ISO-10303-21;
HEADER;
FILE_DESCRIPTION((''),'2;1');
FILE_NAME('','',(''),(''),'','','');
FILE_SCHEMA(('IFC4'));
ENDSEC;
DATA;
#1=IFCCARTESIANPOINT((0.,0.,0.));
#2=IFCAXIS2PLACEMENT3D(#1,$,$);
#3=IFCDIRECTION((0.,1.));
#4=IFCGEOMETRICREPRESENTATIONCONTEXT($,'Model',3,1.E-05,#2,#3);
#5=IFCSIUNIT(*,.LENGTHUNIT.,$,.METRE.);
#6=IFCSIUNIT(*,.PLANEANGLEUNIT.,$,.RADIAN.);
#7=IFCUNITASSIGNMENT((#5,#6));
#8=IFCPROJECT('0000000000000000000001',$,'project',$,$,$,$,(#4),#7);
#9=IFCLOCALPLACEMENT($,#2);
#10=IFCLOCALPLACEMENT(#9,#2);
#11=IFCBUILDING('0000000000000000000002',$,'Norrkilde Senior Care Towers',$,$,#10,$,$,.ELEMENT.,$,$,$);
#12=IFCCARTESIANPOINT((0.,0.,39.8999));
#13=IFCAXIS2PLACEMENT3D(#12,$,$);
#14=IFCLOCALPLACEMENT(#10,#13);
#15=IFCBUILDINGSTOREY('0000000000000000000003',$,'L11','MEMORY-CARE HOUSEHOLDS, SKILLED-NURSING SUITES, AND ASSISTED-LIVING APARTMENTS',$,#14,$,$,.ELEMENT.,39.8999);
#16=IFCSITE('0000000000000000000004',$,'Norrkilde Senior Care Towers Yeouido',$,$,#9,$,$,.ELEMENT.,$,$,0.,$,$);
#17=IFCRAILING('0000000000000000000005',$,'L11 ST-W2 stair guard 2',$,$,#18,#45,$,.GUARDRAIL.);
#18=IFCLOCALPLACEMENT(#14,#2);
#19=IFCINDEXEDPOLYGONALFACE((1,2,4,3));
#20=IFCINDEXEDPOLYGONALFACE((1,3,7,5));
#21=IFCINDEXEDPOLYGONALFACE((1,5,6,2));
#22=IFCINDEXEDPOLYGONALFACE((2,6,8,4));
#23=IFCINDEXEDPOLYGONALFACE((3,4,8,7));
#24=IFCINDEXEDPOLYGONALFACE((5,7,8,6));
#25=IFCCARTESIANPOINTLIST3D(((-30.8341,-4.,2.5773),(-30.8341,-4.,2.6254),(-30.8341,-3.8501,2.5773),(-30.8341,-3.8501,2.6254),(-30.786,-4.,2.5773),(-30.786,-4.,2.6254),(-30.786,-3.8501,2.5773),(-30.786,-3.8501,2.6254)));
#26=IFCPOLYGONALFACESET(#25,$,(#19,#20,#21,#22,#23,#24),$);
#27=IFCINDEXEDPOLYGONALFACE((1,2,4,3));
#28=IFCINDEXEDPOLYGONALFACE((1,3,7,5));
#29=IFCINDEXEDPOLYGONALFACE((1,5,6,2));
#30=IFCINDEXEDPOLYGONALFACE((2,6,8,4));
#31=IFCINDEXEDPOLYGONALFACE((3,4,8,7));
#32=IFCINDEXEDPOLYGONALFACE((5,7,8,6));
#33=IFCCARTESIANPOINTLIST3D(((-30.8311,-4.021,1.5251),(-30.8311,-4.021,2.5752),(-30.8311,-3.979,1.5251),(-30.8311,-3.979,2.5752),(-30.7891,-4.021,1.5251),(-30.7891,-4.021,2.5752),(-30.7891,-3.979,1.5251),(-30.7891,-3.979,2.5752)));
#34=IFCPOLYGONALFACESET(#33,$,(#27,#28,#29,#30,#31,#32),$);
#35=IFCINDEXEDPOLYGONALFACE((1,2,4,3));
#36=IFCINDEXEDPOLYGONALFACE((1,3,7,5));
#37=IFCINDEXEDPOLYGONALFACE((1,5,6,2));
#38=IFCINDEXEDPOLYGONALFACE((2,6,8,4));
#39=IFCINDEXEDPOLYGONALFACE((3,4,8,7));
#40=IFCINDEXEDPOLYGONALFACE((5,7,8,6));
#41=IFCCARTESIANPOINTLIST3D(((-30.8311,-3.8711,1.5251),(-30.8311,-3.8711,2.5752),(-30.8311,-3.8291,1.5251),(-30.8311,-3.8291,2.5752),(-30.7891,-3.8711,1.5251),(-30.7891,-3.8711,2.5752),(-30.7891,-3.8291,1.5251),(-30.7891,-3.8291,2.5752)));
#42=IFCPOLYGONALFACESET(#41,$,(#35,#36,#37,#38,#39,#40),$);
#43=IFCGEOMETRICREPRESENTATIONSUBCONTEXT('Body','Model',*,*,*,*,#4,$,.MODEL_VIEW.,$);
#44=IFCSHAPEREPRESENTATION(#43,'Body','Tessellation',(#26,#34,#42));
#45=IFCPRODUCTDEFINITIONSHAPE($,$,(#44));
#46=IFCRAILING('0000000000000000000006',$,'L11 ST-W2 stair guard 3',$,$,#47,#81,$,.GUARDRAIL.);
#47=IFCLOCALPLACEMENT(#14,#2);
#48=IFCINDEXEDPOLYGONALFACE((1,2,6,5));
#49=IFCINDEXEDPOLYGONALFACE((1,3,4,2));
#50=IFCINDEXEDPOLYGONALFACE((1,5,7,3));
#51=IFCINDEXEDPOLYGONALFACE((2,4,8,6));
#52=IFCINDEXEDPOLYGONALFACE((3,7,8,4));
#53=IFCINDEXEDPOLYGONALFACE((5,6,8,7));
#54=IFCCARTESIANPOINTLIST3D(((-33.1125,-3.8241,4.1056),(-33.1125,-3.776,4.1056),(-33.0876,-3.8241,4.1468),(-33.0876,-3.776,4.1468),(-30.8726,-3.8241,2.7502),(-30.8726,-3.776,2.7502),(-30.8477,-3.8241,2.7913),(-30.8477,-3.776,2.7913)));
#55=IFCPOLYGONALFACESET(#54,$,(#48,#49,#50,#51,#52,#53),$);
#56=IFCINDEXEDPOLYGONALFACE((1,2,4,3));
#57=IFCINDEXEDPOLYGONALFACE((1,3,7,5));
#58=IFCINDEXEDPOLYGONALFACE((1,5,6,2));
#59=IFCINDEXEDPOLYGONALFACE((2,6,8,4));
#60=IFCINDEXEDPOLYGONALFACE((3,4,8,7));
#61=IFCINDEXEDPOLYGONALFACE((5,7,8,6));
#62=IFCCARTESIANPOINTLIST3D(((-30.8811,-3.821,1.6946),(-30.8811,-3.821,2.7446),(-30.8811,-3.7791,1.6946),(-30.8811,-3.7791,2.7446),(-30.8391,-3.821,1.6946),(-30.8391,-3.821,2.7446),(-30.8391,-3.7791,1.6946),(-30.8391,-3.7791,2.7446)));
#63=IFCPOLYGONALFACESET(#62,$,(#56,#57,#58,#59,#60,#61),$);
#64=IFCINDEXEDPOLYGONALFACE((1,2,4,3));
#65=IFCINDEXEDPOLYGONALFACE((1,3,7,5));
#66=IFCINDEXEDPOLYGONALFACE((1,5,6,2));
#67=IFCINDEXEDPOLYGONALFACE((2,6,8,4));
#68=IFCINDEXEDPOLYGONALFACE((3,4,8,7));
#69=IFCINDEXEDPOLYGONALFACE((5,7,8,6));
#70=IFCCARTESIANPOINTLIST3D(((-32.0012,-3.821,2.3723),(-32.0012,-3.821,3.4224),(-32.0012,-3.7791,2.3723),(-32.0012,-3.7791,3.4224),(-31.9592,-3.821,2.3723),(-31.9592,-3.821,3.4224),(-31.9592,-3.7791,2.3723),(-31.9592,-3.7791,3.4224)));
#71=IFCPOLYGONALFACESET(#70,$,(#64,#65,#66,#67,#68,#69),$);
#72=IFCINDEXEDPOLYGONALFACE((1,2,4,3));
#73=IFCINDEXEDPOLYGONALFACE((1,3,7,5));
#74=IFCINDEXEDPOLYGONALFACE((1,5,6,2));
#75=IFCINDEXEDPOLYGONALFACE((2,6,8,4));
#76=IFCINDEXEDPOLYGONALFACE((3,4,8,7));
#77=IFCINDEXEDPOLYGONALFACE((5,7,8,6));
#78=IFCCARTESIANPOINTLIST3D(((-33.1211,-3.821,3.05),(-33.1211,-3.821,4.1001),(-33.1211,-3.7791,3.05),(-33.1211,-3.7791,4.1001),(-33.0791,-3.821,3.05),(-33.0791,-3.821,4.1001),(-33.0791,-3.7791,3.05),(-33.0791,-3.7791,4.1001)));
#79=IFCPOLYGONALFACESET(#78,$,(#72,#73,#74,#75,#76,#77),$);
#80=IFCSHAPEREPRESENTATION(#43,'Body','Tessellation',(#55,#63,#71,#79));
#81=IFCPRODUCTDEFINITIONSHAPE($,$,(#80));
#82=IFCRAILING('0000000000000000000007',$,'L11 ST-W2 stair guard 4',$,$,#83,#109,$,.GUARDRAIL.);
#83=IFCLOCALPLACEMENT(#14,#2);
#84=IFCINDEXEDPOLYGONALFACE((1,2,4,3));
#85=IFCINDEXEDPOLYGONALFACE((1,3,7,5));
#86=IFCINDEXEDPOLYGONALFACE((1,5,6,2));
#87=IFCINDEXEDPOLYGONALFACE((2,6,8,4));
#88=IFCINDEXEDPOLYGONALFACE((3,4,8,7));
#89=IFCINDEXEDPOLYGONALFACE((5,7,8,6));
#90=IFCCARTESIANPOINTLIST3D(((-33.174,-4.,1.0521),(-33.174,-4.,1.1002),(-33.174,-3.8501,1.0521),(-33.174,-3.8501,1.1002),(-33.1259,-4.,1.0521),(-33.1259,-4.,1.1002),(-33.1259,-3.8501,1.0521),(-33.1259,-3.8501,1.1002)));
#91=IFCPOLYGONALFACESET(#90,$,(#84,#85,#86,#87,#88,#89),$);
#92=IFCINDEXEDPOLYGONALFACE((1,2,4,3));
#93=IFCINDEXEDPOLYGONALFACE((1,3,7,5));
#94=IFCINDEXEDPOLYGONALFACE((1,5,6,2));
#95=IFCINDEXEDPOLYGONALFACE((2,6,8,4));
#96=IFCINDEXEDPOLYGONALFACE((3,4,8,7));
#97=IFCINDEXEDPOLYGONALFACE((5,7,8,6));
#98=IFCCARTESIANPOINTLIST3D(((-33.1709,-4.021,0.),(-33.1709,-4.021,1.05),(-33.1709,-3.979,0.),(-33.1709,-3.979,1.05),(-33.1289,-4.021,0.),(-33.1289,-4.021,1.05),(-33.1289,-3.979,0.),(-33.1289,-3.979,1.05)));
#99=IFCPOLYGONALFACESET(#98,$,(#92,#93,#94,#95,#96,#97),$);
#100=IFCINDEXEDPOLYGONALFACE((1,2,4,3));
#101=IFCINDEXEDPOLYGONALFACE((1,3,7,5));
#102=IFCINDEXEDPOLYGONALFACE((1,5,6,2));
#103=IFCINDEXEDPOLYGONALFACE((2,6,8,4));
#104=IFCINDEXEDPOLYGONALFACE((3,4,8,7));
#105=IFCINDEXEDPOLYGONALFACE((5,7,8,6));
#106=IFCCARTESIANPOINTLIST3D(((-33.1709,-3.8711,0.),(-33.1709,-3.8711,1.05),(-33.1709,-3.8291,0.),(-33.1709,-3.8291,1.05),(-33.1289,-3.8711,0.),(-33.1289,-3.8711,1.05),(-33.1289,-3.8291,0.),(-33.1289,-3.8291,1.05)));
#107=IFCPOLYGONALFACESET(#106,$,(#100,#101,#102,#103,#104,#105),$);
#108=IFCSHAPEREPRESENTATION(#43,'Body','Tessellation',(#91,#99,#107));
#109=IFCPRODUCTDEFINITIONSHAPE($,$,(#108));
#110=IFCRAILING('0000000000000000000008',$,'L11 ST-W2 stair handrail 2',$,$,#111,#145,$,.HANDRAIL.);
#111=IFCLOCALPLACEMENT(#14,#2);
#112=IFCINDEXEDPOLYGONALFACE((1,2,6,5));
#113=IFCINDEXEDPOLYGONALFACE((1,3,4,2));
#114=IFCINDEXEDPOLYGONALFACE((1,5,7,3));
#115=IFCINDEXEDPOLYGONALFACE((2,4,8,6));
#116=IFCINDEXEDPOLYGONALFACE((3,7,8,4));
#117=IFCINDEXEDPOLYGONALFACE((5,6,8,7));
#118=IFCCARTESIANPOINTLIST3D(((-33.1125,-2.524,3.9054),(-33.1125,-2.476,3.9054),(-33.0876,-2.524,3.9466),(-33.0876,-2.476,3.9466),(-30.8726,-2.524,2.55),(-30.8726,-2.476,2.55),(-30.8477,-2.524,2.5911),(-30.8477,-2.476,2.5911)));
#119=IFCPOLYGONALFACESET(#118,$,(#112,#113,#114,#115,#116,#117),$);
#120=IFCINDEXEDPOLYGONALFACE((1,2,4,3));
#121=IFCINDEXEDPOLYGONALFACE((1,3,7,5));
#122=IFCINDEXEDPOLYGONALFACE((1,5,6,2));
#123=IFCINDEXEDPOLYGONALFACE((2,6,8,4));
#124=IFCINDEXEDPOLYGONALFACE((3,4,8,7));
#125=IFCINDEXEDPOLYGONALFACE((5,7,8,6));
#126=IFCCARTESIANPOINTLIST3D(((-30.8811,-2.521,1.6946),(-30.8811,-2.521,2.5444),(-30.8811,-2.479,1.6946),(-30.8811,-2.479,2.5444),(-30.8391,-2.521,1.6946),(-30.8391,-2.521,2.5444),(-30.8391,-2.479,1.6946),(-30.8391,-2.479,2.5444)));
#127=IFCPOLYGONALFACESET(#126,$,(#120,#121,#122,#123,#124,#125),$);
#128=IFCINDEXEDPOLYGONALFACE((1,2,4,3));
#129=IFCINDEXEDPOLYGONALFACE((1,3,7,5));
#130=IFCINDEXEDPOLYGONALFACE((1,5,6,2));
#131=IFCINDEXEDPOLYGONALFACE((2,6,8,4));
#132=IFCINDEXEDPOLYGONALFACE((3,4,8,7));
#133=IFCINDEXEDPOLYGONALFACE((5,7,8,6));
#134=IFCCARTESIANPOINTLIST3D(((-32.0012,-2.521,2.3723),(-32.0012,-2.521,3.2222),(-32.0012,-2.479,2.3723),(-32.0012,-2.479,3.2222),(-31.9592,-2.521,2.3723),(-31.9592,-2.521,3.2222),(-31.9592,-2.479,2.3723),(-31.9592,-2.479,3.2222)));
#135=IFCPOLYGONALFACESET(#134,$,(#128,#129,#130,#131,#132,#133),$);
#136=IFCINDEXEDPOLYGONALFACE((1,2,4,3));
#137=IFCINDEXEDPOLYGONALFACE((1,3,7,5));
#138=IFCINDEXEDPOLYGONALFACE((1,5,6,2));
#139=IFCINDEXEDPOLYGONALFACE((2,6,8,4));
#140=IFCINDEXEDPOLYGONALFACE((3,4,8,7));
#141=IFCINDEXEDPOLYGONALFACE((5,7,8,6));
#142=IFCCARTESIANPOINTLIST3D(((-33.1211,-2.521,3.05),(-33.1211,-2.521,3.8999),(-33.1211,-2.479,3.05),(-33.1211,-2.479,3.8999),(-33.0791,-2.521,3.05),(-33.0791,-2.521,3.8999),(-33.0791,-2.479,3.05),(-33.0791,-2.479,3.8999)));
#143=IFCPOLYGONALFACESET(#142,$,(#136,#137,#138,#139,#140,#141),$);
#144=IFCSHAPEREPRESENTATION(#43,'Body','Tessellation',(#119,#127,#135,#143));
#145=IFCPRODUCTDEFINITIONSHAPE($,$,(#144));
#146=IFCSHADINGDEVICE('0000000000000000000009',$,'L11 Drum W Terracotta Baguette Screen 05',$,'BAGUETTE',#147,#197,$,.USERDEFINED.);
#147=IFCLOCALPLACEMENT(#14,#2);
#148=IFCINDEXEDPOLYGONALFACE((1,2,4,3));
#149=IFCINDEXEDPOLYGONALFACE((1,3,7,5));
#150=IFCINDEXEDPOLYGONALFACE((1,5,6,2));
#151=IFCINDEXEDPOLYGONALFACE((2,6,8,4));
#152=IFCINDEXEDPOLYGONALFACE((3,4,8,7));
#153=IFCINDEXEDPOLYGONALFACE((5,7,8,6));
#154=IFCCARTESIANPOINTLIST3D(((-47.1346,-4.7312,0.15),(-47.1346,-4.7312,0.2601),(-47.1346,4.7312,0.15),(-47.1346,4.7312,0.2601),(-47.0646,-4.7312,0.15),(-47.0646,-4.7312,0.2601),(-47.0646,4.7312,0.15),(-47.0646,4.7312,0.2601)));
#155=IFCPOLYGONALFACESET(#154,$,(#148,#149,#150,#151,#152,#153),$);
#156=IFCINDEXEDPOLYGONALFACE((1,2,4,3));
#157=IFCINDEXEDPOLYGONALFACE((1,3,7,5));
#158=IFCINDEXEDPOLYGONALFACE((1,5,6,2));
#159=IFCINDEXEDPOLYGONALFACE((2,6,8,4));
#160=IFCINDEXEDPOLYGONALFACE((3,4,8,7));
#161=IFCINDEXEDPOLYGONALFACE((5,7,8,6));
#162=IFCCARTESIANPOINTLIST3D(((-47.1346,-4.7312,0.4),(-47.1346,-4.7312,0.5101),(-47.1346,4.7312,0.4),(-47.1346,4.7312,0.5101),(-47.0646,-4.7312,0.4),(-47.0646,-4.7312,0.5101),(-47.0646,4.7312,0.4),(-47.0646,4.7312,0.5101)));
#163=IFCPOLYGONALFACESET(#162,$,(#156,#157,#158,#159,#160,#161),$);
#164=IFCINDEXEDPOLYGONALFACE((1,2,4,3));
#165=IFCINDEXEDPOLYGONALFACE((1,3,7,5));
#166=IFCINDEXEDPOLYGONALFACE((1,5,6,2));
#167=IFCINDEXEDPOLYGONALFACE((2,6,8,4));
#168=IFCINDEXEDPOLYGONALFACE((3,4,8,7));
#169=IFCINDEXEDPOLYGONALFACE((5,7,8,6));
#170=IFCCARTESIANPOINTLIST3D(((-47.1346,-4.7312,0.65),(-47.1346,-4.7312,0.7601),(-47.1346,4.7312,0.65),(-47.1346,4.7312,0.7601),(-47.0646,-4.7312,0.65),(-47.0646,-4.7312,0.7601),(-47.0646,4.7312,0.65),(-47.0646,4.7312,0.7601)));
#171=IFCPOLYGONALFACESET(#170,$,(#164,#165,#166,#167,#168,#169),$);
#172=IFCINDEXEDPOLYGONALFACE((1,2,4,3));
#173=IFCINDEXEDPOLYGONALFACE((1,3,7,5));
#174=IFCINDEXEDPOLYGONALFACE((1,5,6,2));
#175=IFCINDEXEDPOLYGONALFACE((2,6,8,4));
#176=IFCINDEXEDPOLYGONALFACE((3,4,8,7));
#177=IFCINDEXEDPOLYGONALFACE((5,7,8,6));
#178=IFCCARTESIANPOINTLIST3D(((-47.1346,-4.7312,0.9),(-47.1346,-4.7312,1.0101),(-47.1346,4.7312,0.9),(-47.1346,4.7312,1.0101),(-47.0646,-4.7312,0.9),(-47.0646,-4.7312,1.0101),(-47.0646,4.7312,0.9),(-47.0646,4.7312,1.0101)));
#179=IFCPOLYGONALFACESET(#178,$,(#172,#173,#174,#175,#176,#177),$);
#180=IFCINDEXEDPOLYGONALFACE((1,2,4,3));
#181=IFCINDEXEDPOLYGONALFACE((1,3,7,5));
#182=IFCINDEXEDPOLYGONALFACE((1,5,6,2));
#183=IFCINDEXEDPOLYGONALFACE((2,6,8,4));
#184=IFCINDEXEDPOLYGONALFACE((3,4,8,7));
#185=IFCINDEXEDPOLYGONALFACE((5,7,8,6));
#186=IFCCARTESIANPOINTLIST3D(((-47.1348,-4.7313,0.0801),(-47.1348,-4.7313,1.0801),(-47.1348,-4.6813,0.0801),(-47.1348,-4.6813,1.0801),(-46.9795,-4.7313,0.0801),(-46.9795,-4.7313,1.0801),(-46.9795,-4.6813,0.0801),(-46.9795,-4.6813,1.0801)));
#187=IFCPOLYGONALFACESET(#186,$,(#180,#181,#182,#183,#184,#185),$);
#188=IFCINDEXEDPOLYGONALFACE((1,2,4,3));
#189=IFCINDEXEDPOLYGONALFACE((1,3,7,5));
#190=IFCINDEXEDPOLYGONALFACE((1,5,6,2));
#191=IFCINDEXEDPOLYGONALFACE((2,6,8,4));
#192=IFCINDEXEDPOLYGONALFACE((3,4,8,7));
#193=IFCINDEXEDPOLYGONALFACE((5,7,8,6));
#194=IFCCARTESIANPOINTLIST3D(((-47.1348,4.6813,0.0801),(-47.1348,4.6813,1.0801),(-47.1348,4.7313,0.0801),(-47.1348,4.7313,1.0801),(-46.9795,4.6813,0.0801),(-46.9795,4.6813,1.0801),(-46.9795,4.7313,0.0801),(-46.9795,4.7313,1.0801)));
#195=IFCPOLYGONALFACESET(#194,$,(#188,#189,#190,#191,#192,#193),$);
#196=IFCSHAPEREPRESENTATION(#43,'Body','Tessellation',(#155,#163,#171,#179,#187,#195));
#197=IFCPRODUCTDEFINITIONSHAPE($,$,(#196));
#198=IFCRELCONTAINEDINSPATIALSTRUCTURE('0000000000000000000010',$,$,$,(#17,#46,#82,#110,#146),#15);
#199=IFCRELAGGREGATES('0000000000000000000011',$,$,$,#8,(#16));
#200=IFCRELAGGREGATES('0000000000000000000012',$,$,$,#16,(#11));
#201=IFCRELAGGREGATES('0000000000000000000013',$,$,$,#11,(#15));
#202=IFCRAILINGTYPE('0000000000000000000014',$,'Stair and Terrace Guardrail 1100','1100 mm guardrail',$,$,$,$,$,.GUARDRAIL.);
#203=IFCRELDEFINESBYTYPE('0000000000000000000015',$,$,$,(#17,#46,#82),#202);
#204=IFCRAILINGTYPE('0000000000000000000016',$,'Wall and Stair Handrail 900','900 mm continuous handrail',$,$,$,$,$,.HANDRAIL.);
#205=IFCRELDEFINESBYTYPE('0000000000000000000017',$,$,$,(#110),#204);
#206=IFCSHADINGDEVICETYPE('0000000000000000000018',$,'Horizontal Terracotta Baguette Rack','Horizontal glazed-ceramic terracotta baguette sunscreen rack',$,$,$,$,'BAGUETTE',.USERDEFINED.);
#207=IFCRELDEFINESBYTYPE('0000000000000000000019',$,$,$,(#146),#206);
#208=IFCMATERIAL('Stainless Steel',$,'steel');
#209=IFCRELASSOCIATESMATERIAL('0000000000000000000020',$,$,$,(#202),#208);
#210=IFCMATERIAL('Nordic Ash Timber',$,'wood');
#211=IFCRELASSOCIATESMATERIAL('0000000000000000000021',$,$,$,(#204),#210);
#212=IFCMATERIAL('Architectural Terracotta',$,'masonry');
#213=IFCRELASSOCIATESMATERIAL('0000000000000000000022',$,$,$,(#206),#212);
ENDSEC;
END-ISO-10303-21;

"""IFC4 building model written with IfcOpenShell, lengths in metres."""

from ifc_helpers import new_model, si_unit, direction, frame, origin, origin_2d, place, context, subcontext, project, spatial, rectangle, extrude, source, transform, mapped, material, type_object, type_shapes, element, save


model = new_model("IFC4")

# Units and contexts
model_context = context("Model", 3, precision=1e-05, world=origin(), true_north=direction((0.0, 1.0)))
body_context = subcontext(model_context, "Body", "Model", "MODEL_VIEW")
ifc_project = project(units=[si_unit("LENGTHUNIT", "METRE"), si_unit("PLANEANGLEUNIT", "RADIAN")], contexts=[model_context])

# Site, building, storey
site_placement = place(None, origin())
site = spatial("IfcSite", under=ifc_project, at=site_placement, Name="Norrkilde Senior Care Towers Yeouido", CompositionType="ELEMENT", RefElevation=0.0)
building_placement = place(site_placement, origin())
building = spatial("IfcBuilding", under=site, at=building_placement, Name="Norrkilde Senior Care Towers", CompositionType="ELEMENT")
storey_placement = place(building_placement, frame((0.0, 0.0, 39.8999)))
storey = spatial("IfcBuildingStorey", under=building, at=storey_placement, Name="L11", Description="MEMORY-CARE HOUSEHOLDS, SKILLED-NURSING SUITES, AND ASSISTED-LIVING APARTMENTS", CompositionType="ELEMENT", Elevation=39.8999)

# Shared definitions
ifc_material_1 = material(Name="Stainless Steel", Category="steel")

# Shared definitions
ifc_material_2 = material(Name="Nordic Ash Timber", Category="wood")

# Railings
railing_type_1 = type_object("IfcRailingType", Name="Stair and Terrace Guardrail 1100", Description="1100 mm guardrail", PredefinedType="GUARDRAIL", material=ifc_material_1)
railing_1_placement = place(storey_placement, frame((-30.8101, -4.0, 1.5251)))
element("IfcRailing", 1, at=railing_1_placement, inside=storey, type_object=railing_type_1, Name="L11 ST-W2 stair guard 2", PredefinedType="GUARDRAIL", context=body_context, shape_type="SweptSolid", body=[
    extrude(rectangle(XDim=0.0481, YDim=0.0481, at=origin_2d()), frame((0.0, 0.0, 1.0762), z_axis=(0.0, 1.0, 0.0), x_axis=(-1.0, 0.0, 0.0)), (0.0, 0.0, 1.0), 0.1499),
    extrude(rectangle(XDim=0.042, YDim=0.042, at=origin_2d()), origin(), (0.0, 0.0, 1.0), 1.05),
    extrude(rectangle(XDim=0.042, YDim=0.042, at=origin_2d()), frame((0.0, 0.1499, 0.0)), (0.0, 0.0, 1.0), 1.05),
])
railing_2_placement = place(storey_placement, frame((-30.8601, -3.8, 1.6946)))
element("IfcRailing", 2, at=railing_2_placement, inside=storey, type_object=railing_type_1, Name="L11 ST-W2 stair guard 3", PredefinedType="GUARDRAIL", context=body_context, shape_type="SweptSolid", body=[
    extrude(rectangle(XDim=0.0481, YDim=0.0481, at=origin_2d()), frame((0.0, 0.0, 1.0762), z_axis=(-0.855553, 0.0, 0.517715), x_axis=(0.0, -1.0, 0.0)), (0.0, 0.0, 1.0), 2.6182),
    extrude(rectangle(XDim=0.042, YDim=0.042, at=origin_2d()), origin(), (0.0, 0.0, 1.0), 1.05),
    extrude(rectangle(XDim=0.042, YDim=0.042, at=origin_2d()), frame((-1.1201, 0.0, 0.6777)), (0.0, 0.0, 1.0), 1.05),
    extrude(rectangle(XDim=0.042, YDim=0.042, at=origin_2d()), frame((-2.24, 0.0, 1.3555)), (0.0, 0.0, 1.0), 1.05),
])
railing_3_placement = place(storey_placement, frame((-33.1499, -4.0, 0.0)))
element("IfcRailing", 3, at=railing_3_placement, inside=storey, type_object=railing_type_1, Name="L11 ST-W2 stair guard 4", PredefinedType="GUARDRAIL", context=body_context, shape_type="SweptSolid", body=[
    extrude(rectangle(XDim=0.0481, YDim=0.0481, at=origin_2d()), frame((0.0, 0.0, 1.0762), z_axis=(0.0, 1.0, 0.0), x_axis=(-1.0, 0.0, 0.0)), (0.0, 0.0, 1.0), 0.1499),
    extrude(rectangle(XDim=0.042, YDim=0.042, at=origin_2d()), origin(), (0.0, 0.0, 1.0), 1.05),
    extrude(rectangle(XDim=0.042, YDim=0.042, at=origin_2d()), frame((0.0, 0.1499, 0.0)), (0.0, 0.0, 1.0), 1.05),
])
railing_type_2 = type_object("IfcRailingType", Name="Wall and Stair Handrail 900", Description="900 mm continuous handrail", PredefinedType="HANDRAIL", material=ifc_material_2)
railing_4_placement = place(storey_placement, frame((-30.8601, -2.5, 1.6946)))
element("IfcRailing", 4, at=railing_4_placement, inside=storey, type_object=railing_type_2, Name="L11 ST-W2 stair handrail 2", PredefinedType="HANDRAIL", context=body_context, shape_type="SweptSolid", body=[
    extrude(rectangle(XDim=0.0481, YDim=0.0481, at=origin_2d()), frame((0.0, 0.0, 0.876), z_axis=(-0.855553, 0.0, 0.517715), x_axis=(0.0, -1.0, 0.0)), (0.0, 0.0, 1.0), 2.6182),
    extrude(rectangle(XDim=0.042, YDim=0.042, at=origin_2d()), origin(), (0.0, 0.0, 1.0), 0.8499),
    extrude(rectangle(XDim=0.042, YDim=0.042, at=origin_2d()), frame((-1.1201, 0.0, 0.6777)), (0.0, 0.0, 1.0), 0.8499),
    extrude(rectangle(XDim=0.042, YDim=0.042, at=origin_2d()), frame((-2.24, 0.0, 1.3555)), (0.0, 0.0, 1.0), 0.8499),
])

# Shading device
ifc_material_3 = material(Name="Architectural Terracotta", Category="masonry")
shading_device_type = type_object("IfcShadingDeviceType", Name="Horizontal Terracotta Baguette Rack", Description="Horizontal glazed-ceramic terracotta baguette sunscreen rack", ElementType="BAGUETTE", PredefinedType="USERDEFINED", material=ifc_material_3)
shared_shape_1 = source(origin(), body_context, "Body", "SweptSolid", [
    extrude(rectangle(XDim=0.0701, YDim=0.1101, at=origin_2d()), frame((0.0, 0.0901, 0.125), z_axis=(1.0, 0.0, 0.0), x_axis=(0.0, 1.0, 0.0)), (0.0, 0.0, 1.0), 9.4624),
    extrude(rectangle(XDim=0.0701, YDim=0.1101, at=origin_2d()), frame((0.0, 0.0901, 0.375), z_axis=(1.0, 0.0, 0.0), x_axis=(0.0, 1.0, 0.0)), (0.0, 0.0, 1.0), 9.4624),
    extrude(rectangle(XDim=0.0701, YDim=0.1101, at=origin_2d()), frame((0.0, 0.0901, 0.625), z_axis=(1.0, 0.0, 0.0), x_axis=(0.0, 1.0, 0.0)), (0.0, 0.0, 1.0), 9.4624),
    extrude(rectangle(XDim=0.0701, YDim=0.1101, at=origin_2d()), frame((0.0, 0.0901, 0.875), z_axis=(1.0, 0.0, 0.0), x_axis=(0.0, 1.0, 0.0)), (0.0, 0.0, 1.0), 9.4624),
    extrude(rectangle(XDim=0.05, YDim=0.1553, at=origin_2d()), frame((0.0249, 0.0476, 0.0)), (0.0, 0.0, 1.0), 1.0),
    extrude(rectangle(XDim=0.05, YDim=0.1553, at=origin_2d()), frame((9.4375, 0.0476, 0.0)), (0.0, 0.0, 1.0), 1.0),
])
type_shapes(shading_device_type, [shared_shape_1])
shading_device_placement = place(storey_placement, frame((-47.0095, -4.7312, 0.0801), z_axis=(0.0, 0.0, 1.0), x_axis=(0.0, 1.0, 0.0)))
element("IfcShadingDevice", 5, at=shading_device_placement, inside=storey, type_object=shading_device_type, Name="L11 Drum W Terracotta Baguette Screen 05", ObjectType="BAGUETTE", PredefinedType="USERDEFINED", context=body_context, shape_type="MappedRepresentation", body=[
    mapped(shared_shape_1, transform((0.0, 0.0, 0.0), x_axis=(1.0, 0.0, 0.0), y_axis=(0.0, 1.0, 0.0), z_axis=(0.0, 0.0, 1.0), scale=1.0)),
])

save(model, "model.ifc")
